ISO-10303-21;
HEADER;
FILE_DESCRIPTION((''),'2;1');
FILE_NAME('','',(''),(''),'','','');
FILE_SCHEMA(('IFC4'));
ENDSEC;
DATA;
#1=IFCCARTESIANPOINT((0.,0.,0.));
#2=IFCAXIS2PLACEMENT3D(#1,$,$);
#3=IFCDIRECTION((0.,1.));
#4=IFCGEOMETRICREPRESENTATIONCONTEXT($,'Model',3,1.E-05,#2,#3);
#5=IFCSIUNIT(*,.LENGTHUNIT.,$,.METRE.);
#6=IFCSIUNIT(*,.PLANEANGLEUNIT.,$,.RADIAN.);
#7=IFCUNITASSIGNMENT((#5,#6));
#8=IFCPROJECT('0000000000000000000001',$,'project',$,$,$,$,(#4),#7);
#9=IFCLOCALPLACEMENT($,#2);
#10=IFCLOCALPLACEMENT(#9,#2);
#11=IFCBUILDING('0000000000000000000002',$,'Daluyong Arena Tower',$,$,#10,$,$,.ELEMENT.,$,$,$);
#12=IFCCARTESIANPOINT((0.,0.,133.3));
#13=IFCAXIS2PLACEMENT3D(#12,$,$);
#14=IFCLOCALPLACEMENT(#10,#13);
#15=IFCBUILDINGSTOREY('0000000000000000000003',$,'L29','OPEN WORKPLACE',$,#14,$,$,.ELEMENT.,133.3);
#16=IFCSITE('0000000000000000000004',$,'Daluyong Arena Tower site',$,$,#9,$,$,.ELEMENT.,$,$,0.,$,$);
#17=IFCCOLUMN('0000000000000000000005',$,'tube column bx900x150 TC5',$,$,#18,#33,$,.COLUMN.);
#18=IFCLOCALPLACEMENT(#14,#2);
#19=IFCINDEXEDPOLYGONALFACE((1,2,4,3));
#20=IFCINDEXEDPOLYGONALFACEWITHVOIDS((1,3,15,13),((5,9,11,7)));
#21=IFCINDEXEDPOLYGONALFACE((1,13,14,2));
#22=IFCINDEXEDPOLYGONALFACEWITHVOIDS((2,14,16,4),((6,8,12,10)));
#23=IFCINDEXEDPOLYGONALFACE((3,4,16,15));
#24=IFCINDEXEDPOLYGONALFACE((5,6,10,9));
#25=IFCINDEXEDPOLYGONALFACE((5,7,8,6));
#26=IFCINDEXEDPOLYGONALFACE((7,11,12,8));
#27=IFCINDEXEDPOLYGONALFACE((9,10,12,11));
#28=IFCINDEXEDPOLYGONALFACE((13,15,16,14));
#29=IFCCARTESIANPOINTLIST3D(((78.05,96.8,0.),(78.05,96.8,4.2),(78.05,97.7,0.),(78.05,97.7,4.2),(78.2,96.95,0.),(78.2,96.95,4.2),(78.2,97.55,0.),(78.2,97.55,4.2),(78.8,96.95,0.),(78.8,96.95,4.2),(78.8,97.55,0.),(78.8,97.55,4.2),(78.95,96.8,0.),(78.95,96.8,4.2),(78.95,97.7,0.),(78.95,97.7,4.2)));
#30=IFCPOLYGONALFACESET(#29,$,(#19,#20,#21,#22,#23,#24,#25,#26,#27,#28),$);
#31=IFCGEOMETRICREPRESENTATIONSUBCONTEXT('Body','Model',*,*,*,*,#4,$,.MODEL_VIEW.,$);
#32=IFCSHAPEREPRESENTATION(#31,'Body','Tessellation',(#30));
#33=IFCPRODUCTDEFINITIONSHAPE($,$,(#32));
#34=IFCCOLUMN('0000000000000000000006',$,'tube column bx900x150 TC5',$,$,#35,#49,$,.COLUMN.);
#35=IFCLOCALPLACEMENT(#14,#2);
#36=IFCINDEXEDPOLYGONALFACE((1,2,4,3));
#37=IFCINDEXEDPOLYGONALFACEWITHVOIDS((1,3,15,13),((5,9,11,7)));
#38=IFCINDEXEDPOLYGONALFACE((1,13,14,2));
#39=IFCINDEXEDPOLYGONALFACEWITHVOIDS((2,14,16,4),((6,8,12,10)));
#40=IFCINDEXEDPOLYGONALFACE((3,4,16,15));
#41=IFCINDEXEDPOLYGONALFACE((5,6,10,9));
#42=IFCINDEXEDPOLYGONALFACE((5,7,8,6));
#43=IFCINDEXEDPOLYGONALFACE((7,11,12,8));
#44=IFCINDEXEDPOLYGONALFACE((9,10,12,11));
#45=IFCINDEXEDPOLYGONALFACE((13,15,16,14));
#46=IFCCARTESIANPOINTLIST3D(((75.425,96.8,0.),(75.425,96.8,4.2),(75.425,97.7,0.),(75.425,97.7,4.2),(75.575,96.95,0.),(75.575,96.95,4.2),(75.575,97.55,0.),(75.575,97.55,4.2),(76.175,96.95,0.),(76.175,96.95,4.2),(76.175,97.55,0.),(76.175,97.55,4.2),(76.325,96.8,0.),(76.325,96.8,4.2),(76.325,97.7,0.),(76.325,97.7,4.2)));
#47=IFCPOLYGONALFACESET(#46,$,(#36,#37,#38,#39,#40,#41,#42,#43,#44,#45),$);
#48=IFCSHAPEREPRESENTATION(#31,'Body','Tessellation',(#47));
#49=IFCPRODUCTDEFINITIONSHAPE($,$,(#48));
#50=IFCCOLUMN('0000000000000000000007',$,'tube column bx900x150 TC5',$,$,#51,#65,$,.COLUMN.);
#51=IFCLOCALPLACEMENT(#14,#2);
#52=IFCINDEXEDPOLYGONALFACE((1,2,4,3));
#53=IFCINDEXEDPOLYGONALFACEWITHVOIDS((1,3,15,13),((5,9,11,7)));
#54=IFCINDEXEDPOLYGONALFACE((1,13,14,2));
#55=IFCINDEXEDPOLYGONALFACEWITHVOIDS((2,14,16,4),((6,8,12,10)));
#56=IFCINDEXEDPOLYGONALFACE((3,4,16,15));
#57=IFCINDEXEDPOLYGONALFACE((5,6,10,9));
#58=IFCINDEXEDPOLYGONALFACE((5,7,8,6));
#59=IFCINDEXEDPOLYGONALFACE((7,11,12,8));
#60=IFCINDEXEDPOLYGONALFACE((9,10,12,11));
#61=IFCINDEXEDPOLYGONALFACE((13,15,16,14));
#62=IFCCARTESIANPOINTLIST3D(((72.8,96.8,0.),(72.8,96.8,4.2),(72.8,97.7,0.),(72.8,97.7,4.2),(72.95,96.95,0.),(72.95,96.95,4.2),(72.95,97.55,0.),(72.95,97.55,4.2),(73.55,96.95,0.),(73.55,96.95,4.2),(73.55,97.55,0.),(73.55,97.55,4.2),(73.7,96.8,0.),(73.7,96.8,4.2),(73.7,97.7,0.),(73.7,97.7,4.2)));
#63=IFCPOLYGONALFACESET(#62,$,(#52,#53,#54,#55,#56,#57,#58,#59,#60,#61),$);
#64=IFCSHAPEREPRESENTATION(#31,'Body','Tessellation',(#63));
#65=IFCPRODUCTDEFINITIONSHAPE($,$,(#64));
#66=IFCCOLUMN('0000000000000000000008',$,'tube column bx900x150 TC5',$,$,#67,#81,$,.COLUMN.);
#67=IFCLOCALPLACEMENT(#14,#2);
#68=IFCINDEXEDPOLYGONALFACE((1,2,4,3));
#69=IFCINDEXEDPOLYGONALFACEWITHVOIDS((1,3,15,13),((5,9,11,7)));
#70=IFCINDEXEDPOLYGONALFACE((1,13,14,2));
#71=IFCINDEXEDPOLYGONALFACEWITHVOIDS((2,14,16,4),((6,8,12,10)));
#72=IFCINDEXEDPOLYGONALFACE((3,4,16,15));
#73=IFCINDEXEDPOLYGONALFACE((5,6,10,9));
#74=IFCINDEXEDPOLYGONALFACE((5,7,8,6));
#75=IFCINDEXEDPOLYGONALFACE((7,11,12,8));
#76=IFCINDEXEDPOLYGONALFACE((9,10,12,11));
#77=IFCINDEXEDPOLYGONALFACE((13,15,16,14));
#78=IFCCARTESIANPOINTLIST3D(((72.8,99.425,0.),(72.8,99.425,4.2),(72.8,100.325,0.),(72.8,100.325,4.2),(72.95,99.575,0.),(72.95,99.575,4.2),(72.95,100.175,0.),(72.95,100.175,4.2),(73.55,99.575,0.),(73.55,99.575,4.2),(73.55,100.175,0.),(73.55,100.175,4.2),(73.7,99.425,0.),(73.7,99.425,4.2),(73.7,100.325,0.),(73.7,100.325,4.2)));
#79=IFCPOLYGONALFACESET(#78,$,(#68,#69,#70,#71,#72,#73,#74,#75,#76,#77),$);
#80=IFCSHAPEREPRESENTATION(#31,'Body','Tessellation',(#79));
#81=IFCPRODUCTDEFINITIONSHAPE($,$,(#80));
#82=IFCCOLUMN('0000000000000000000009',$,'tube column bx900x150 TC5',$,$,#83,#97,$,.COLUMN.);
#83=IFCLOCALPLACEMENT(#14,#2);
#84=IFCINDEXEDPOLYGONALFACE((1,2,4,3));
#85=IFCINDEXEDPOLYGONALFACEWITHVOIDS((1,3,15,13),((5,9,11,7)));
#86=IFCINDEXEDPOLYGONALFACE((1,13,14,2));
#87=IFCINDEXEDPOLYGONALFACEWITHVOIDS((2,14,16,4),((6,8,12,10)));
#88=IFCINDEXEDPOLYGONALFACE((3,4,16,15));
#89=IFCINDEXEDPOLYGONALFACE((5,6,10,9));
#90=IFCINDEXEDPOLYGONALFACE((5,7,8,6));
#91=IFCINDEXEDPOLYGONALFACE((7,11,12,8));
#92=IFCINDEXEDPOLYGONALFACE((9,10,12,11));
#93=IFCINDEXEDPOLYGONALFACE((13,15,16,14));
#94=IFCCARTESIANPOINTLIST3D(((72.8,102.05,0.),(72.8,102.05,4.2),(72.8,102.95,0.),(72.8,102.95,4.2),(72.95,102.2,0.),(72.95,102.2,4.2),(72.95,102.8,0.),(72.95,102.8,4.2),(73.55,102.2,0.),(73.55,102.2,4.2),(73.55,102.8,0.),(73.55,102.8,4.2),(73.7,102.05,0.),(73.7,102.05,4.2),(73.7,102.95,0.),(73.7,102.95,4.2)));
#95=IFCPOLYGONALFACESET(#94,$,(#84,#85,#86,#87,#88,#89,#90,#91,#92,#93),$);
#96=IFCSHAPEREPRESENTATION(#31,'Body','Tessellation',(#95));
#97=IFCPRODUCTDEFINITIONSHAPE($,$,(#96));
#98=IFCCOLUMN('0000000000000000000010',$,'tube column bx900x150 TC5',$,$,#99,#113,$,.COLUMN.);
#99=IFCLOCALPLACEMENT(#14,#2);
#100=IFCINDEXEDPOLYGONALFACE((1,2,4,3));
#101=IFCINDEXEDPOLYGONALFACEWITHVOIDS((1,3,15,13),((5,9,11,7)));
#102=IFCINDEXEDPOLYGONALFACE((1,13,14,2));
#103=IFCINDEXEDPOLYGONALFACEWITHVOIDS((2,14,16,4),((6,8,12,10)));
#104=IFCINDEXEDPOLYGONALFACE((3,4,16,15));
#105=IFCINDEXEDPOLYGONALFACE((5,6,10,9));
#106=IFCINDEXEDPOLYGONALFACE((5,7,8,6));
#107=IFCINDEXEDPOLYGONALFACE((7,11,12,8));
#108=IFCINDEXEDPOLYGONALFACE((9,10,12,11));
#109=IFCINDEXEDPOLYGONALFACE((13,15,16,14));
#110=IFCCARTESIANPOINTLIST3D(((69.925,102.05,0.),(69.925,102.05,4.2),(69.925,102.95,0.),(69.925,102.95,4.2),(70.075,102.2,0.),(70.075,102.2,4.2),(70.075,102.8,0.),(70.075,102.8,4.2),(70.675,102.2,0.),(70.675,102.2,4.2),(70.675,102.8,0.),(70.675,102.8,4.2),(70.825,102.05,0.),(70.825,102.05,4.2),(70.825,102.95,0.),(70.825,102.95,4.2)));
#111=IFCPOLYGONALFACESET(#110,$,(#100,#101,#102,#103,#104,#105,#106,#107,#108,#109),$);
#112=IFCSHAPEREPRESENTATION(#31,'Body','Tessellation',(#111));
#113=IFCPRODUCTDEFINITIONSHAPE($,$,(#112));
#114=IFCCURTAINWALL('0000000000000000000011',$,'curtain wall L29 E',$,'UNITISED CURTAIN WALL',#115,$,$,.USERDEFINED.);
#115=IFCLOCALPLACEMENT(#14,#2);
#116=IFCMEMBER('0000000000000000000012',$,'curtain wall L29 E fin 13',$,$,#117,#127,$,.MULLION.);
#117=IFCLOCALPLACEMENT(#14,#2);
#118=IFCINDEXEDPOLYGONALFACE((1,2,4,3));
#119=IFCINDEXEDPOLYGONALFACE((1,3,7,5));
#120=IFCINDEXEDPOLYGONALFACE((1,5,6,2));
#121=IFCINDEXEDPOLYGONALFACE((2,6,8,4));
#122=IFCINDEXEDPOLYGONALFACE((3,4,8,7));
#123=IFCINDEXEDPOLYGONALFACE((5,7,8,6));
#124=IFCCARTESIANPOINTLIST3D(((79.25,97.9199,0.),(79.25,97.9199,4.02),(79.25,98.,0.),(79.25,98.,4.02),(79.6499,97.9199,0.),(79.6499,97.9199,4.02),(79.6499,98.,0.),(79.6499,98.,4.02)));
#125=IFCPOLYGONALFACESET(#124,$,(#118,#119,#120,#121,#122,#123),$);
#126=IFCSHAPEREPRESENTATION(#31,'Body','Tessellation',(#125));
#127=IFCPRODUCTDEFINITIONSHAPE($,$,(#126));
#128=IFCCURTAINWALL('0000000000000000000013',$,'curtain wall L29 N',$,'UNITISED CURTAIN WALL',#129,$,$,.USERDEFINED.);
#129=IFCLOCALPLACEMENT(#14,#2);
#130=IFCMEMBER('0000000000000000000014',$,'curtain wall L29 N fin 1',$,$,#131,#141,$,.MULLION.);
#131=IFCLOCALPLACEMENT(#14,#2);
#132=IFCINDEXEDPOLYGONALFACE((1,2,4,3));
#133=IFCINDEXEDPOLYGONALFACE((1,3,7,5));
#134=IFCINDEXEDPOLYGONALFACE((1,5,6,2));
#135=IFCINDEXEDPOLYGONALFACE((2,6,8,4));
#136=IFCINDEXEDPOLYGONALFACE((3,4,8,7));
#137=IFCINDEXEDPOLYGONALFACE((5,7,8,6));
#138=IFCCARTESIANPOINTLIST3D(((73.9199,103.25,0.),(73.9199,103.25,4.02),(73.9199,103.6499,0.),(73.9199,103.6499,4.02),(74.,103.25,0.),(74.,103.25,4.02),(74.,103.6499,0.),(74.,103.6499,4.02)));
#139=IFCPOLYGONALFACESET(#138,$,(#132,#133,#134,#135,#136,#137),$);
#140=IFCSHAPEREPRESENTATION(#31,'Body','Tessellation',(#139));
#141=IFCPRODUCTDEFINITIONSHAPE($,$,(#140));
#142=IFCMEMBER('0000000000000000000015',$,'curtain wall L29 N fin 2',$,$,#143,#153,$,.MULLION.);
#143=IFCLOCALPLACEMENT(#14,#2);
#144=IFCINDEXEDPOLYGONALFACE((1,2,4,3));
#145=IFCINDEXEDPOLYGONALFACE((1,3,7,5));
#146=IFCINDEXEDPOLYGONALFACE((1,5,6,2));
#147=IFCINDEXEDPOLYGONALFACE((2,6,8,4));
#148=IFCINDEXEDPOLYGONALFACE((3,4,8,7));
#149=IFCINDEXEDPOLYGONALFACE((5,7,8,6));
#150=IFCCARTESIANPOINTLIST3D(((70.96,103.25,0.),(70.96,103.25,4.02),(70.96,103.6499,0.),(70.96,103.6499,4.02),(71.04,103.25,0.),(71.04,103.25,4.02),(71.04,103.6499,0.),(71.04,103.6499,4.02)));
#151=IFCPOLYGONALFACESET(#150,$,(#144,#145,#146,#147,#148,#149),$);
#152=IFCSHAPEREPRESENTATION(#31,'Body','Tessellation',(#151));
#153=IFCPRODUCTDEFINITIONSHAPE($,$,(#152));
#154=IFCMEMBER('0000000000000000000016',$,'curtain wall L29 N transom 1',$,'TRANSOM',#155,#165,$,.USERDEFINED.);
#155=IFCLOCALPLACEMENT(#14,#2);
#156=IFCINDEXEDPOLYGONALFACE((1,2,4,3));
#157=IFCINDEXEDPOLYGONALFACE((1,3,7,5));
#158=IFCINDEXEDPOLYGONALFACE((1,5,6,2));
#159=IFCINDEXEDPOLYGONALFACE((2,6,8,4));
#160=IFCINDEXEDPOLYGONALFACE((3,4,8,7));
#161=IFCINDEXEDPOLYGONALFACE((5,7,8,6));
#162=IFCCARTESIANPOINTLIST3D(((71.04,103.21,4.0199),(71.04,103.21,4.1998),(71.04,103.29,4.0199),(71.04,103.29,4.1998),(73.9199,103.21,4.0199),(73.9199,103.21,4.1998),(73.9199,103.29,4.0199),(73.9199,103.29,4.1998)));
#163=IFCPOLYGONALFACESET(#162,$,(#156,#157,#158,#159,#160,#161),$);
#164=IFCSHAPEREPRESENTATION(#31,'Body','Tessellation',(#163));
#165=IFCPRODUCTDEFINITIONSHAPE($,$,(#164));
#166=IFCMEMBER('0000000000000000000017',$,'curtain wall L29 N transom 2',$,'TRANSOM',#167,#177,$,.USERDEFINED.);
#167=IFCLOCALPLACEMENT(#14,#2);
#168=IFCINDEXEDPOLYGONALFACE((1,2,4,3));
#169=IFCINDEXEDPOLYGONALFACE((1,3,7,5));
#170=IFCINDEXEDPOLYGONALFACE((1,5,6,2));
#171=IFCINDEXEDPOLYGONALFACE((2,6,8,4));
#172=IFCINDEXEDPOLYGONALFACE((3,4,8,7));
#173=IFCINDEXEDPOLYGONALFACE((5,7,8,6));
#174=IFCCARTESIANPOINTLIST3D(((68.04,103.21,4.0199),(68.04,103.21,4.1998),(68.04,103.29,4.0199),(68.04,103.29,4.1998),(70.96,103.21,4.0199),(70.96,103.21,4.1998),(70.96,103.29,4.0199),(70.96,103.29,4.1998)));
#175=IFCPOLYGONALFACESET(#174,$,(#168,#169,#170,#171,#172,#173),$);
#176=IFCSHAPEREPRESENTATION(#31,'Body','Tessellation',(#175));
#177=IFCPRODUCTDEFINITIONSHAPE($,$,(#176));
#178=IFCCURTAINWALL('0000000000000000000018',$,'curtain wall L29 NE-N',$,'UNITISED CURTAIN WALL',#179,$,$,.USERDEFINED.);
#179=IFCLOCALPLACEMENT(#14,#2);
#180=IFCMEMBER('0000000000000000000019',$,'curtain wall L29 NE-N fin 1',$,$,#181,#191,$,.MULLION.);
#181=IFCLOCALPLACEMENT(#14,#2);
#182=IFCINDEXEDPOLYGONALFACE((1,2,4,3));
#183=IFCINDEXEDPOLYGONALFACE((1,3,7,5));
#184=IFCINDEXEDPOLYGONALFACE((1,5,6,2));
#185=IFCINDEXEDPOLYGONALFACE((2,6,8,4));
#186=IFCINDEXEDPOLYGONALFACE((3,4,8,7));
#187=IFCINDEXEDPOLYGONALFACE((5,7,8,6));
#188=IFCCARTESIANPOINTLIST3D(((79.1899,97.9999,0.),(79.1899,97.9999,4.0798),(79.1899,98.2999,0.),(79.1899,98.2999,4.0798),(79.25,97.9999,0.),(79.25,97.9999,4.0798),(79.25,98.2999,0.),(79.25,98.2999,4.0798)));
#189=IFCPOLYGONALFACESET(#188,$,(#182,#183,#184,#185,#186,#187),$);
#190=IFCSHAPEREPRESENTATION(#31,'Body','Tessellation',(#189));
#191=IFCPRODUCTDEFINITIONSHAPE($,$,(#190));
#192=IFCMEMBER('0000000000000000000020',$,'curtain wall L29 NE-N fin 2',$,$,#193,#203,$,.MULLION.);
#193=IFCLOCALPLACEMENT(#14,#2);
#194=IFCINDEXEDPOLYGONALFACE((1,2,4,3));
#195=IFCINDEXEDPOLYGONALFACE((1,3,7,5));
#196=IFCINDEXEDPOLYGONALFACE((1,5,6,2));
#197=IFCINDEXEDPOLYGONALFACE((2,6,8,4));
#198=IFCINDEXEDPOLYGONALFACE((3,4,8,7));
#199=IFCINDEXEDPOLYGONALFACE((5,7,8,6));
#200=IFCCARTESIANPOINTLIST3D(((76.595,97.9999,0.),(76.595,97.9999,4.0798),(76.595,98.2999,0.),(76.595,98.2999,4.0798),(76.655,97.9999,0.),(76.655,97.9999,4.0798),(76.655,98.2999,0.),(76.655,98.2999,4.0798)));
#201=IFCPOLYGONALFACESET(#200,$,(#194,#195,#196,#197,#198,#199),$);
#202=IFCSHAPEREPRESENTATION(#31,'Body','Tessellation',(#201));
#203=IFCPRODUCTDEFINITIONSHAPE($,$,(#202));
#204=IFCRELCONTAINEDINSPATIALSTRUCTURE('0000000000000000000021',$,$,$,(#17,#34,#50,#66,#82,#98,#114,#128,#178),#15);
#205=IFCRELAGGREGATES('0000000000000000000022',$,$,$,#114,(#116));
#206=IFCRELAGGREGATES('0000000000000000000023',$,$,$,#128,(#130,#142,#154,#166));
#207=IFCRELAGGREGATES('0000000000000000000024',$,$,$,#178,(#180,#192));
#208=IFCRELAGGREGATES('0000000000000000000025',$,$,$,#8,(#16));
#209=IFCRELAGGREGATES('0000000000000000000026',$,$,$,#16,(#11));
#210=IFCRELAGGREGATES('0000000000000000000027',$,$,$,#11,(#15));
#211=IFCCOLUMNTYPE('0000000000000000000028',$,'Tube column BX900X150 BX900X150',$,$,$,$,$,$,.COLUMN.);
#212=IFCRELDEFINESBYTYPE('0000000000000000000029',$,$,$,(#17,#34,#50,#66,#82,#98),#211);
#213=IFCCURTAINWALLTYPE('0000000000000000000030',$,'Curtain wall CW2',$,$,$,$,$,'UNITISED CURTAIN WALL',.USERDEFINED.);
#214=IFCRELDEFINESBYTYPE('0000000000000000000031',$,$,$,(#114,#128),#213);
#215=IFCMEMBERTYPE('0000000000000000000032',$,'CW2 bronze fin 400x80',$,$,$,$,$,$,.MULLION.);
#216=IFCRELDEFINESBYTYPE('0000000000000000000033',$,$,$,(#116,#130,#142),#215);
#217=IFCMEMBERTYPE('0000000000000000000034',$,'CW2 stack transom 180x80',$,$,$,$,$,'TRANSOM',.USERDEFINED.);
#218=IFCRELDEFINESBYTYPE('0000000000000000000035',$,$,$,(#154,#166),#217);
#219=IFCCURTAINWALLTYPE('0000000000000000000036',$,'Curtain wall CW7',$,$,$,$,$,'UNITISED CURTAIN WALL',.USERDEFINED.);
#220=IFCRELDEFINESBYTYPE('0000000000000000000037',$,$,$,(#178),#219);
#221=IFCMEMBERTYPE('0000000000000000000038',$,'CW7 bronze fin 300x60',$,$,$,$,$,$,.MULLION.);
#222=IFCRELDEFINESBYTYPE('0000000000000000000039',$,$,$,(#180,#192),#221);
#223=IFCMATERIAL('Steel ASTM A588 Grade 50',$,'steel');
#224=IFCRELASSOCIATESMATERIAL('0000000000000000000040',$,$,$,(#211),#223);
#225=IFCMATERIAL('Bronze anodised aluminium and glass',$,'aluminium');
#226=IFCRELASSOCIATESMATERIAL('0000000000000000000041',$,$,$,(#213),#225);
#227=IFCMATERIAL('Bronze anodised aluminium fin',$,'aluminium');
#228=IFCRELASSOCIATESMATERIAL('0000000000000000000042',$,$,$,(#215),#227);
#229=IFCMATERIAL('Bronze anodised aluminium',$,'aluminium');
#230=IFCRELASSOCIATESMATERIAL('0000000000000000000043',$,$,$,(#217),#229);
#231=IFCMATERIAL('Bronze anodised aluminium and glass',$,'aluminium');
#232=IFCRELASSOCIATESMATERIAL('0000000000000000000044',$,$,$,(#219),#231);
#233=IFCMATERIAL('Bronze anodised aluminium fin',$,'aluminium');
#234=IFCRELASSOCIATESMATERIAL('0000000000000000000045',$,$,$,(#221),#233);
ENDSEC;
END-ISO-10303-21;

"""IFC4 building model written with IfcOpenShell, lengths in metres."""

from ifc_helpers import new_model, si_unit, direction, frame, origin, origin_2d, place, context, subcontext, project, spatial, rectangle, hollow_rectangle, extrude, material, material_profile, profile_set, type_object, element, aggregate, save


model = new_model("IFC4")

# Units and contexts
model_context = context("Model", 3, precision=1e-05, world=origin(), true_north=direction((0.0, 1.0)))
body_context = subcontext(model_context, "Body", "Model", "MODEL_VIEW")
ifc_project = project(units=[si_unit("LENGTHUNIT", "METRE"), si_unit("PLANEANGLEUNIT", "RADIAN")], contexts=[model_context])

# Site, building, storey
site_placement = place(None, origin())
site = spatial("IfcSite", under=ifc_project, at=site_placement, Name="Daluyong Arena Tower site", CompositionType="ELEMENT", RefElevation=0.0)
building_placement = place(site_placement, origin())
building = spatial("IfcBuilding", under=site, at=building_placement, Name="Daluyong Arena Tower", CompositionType="ELEMENT")
storey_placement = place(building_placement, frame((0.0, 0.0, 133.3)))
storey = spatial("IfcBuildingStorey", under=building, at=storey_placement, Name="L29", Description="OPEN WORKPLACE", CompositionType="ELEMENT", Elevation=133.3)

# Columns
ifc_material_1 = material(Name="Steel ASTM A588 Grade 50", Category="steel")
ifc_material_profile_1 = material_profile(ifc_material_1, hollow_rectangle(XDim=0.8999, YDim=0.8999, WallThickness=0.15, at=origin_2d()))
ifc_profile_set_1 = profile_set([ifc_material_profile_1], Name="Steel ASTM A588 Grade 50")
column_type = type_object("IfcColumnType", Name="Tube column BX900X150 BX900X150", PredefinedType="COLUMN", material=ifc_profile_set_1)
for number, where, z_axis, x_axis, name in (
    (1, (78.5, 97.25, 0.0), (0.0, 0.0, 1.0), (1.0, 0.0, 0.0), "tube column bx900x150 TC5"),
    (2, (75.875, 97.25, 0.0), (0.0, 0.0, 1.0), (1.0, 0.0, 0.0), "tube column bx900x150 TC5"),
    (3, (73.25, 97.25, 0.0), (0.0, 0.0, 1.0), (0.0, 1.0, 0.0), "tube column bx900x150 TC5"),
    (4, (73.25, 99.875, 0.0), (0.0, 0.0, 1.0), (0.0, 1.0, 0.0), "tube column bx900x150 TC5"),
    (5, (73.25, 102.5, 0.0), (0.0, 0.0, 1.0), (1.0, 0.0, 0.0), "tube column bx900x150 TC5"),
    (6, (70.375, 102.5, 0.0), (0.0, 0.0, 1.0), (1.0, 0.0, 0.0), "tube column bx900x150 TC5"),
):
    element("IfcColumn", number, at=place(storey_placement, frame(where, z_axis=z_axis, x_axis=x_axis)), inside=storey, type_object=column_type, Name=name, PredefinedType="COLUMN", context=body_context, shape_type="SweptSolid", body=[
        extrude(hollow_rectangle(XDim=0.8999, YDim=0.8999, WallThickness=0.15, at=origin_2d()), origin(), (0.0, 0.0, 1.0), 4.2),
    ])

# Curtain wall, member
ifc_material_2 = material(Name="Bronze anodised aluminium and glass", Category="aluminium")
curtain_wall_type_1 = type_object("IfcCurtainWallType", Name="Curtain wall CW2", ElementType="UNITISED CURTAIN WALL", PredefinedType="USERDEFINED", material=ifc_material_2)
curtain_wall_1_placement = place(storey_placement, origin())
curtain_wall_1 = element("IfcCurtainWall", 7, at=curtain_wall_1_placement, inside=storey, type_object=curtain_wall_type_1, Name="curtain wall L29 E", ObjectType="UNITISED CURTAIN WALL", PredefinedType="USERDEFINED")
ifc_material_3 = material(Name="Bronze anodised aluminium fin", Category="aluminium")
ifc_material_profile_2 = material_profile(ifc_material_3, rectangle(XDim=0.3999, YDim=0.0801, at=origin_2d()))
ifc_profile_set_2 = profile_set([ifc_material_profile_2], Name="Bronze anodised aluminium fin")
member_type_1 = type_object("IfcMemberType", Name="CW2 bronze fin 400x80", PredefinedType="MULLION", material=ifc_profile_set_2)
member_1_placement = place(storey_placement, frame((79.45, 97.96, 0.0), z_axis=(0.0, 0.0, 1.0), x_axis=(-1.0, 0.0, 0.0)))
member_1 = element("IfcMember", 8, at=member_1_placement, type_object=member_type_1, Name="curtain wall L29 E fin 13", PredefinedType="MULLION", context=body_context, shape_type="SweptSolid", body=[
    extrude(rectangle(XDim=0.3999, YDim=0.0801, at=origin_2d()), origin(), (0.0, 0.0, 1.0), 4.02),
])
aggregate(curtain_wall_1, [member_1])

# Curtain walls, members
curtain_wall_2_placement = place(storey_placement, origin())
curtain_wall_2 = element("IfcCurtainWall", 9, at=curtain_wall_2_placement, inside=storey, type_object=curtain_wall_type_1, Name="curtain wall L29 N", ObjectType="UNITISED CURTAIN WALL", PredefinedType="USERDEFINED")
member_2_placement = place(storey_placement, frame((73.96, 103.45, 0.0), z_axis=(0.0, 0.0, 1.0), x_axis=(0.0, -1.0, 0.0)))
member_2 = element("IfcMember", 10, at=member_2_placement, type_object=member_type_1, Name="curtain wall L29 N fin 1", PredefinedType="MULLION", context=body_context, shape_type="SweptSolid", body=[
    extrude(rectangle(XDim=0.3999, YDim=0.0801, at=origin_2d()), origin(), (0.0, 0.0, 1.0), 4.02),
])
member_3_placement = place(storey_placement, frame((71.0, 103.45, 0.0), z_axis=(0.0, 0.0, 1.0), x_axis=(0.0, -1.0, 0.0)))
member_3 = element("IfcMember", 11, at=member_3_placement, type_object=member_type_1, Name="curtain wall L29 N fin 2", PredefinedType="MULLION", context=body_context, shape_type="SweptSolid", body=[
    extrude(rectangle(XDim=0.3999, YDim=0.0801, at=origin_2d()), origin(), (0.0, 0.0, 1.0), 4.02),
])
ifc_material_4 = material(Name="Bronze anodised aluminium", Category="aluminium")
ifc_material_profile_3 = material_profile(ifc_material_4, rectangle(XDim=0.0801, YDim=0.1799, at=origin_2d()))
ifc_profile_set_3 = profile_set([ifc_material_profile_3], Name="Bronze anodised aluminium")
member_type_2 = type_object("IfcMemberType", Name="CW2 stack transom 180x80", ElementType="TRANSOM", PredefinedType="USERDEFINED", material=ifc_profile_set_3)
member_4_placement = place(storey_placement, frame((73.9199, 103.25, 4.1099), z_axis=(-1.0, 0.0, 0.0), x_axis=(0.0, -1.0, 0.0)))
member_4 = element("IfcMember", 12, at=member_4_placement, type_object=member_type_2, Name="curtain wall L29 N transom 1", ObjectType="TRANSOM", PredefinedType="USERDEFINED", context=body_context, shape_type="SweptSolid", body=[
    extrude(rectangle(XDim=0.0801, YDim=0.1799, at=origin_2d()), origin(), (0.0, 0.0, 1.0), 2.8799),
])
member_5_placement = place(storey_placement, frame((70.96, 103.25, 4.1099), z_axis=(-1.0, 0.0, 0.0), x_axis=(0.0, -1.0, 0.0)))
member_5 = element("IfcMember", 13, at=member_5_placement, type_object=member_type_2, Name="curtain wall L29 N transom 2", ObjectType="TRANSOM", PredefinedType="USERDEFINED", context=body_context, shape_type="SweptSolid", body=[
    extrude(rectangle(XDim=0.0801, YDim=0.1799, at=origin_2d()), origin(), (0.0, 0.0, 1.0), 2.9199),
])
ifc_material_5 = material(Name="Bronze anodised aluminium and glass", Category="aluminium")
curtain_wall_type_2 = type_object("IfcCurtainWallType", Name="Curtain wall CW7", ElementType="UNITISED CURTAIN WALL", PredefinedType="USERDEFINED", material=ifc_material_5)
curtain_wall_3_placement = place(storey_placement, origin())
curtain_wall_3 = element("IfcCurtainWall", 14, at=curtain_wall_3_placement, inside=storey, type_object=curtain_wall_type_2, Name="curtain wall L29 NE-N", ObjectType="UNITISED CURTAIN WALL", PredefinedType="USERDEFINED")
ifc_material_6 = material(Name="Bronze anodised aluminium fin", Category="aluminium")
ifc_material_profile_4 = material_profile(ifc_material_6, rectangle(XDim=0.3, YDim=0.0601, at=origin_2d()))
ifc_profile_set_4 = profile_set([ifc_material_profile_4], Name="Bronze anodised aluminium fin")
member_type_3 = type_object("IfcMemberType", Name="CW7 bronze fin 300x60", PredefinedType="MULLION", material=ifc_profile_set_4)
member_6_placement = place(storey_placement, frame((79.22, 98.1499, 0.0), z_axis=(0.0, 0.0, 1.0), x_axis=(0.0, -1.0, 0.0)))
member_6 = element("IfcMember", 15, at=member_6_placement, type_object=member_type_3, Name="curtain wall L29 NE-N fin 1", PredefinedType="MULLION", context=body_context, shape_type="SweptSolid", body=[
    extrude(rectangle(XDim=0.3, YDim=0.0601, at=origin_2d()), origin(), (0.0, 0.0, 1.0), 4.0798),
])
member_7_placement = place(storey_placement, frame((76.625, 98.1499, 0.0), z_axis=(0.0, 0.0, 1.0), x_axis=(0.0, -1.0, 0.0)))
member_7 = element("IfcMember", 16, at=member_7_placement, type_object=member_type_3, Name="curtain wall L29 NE-N fin 2", PredefinedType="MULLION", context=body_context, shape_type="SweptSolid", body=[
    extrude(rectangle(XDim=0.3, YDim=0.0601, at=origin_2d()), origin(), (0.0, 0.0, 1.0), 4.0798),
])

aggregate(curtain_wall_2, [member_2, member_3, member_4, member_5])
aggregate(curtain_wall_3, [member_6, member_7])

save(model, "model.ifc")
